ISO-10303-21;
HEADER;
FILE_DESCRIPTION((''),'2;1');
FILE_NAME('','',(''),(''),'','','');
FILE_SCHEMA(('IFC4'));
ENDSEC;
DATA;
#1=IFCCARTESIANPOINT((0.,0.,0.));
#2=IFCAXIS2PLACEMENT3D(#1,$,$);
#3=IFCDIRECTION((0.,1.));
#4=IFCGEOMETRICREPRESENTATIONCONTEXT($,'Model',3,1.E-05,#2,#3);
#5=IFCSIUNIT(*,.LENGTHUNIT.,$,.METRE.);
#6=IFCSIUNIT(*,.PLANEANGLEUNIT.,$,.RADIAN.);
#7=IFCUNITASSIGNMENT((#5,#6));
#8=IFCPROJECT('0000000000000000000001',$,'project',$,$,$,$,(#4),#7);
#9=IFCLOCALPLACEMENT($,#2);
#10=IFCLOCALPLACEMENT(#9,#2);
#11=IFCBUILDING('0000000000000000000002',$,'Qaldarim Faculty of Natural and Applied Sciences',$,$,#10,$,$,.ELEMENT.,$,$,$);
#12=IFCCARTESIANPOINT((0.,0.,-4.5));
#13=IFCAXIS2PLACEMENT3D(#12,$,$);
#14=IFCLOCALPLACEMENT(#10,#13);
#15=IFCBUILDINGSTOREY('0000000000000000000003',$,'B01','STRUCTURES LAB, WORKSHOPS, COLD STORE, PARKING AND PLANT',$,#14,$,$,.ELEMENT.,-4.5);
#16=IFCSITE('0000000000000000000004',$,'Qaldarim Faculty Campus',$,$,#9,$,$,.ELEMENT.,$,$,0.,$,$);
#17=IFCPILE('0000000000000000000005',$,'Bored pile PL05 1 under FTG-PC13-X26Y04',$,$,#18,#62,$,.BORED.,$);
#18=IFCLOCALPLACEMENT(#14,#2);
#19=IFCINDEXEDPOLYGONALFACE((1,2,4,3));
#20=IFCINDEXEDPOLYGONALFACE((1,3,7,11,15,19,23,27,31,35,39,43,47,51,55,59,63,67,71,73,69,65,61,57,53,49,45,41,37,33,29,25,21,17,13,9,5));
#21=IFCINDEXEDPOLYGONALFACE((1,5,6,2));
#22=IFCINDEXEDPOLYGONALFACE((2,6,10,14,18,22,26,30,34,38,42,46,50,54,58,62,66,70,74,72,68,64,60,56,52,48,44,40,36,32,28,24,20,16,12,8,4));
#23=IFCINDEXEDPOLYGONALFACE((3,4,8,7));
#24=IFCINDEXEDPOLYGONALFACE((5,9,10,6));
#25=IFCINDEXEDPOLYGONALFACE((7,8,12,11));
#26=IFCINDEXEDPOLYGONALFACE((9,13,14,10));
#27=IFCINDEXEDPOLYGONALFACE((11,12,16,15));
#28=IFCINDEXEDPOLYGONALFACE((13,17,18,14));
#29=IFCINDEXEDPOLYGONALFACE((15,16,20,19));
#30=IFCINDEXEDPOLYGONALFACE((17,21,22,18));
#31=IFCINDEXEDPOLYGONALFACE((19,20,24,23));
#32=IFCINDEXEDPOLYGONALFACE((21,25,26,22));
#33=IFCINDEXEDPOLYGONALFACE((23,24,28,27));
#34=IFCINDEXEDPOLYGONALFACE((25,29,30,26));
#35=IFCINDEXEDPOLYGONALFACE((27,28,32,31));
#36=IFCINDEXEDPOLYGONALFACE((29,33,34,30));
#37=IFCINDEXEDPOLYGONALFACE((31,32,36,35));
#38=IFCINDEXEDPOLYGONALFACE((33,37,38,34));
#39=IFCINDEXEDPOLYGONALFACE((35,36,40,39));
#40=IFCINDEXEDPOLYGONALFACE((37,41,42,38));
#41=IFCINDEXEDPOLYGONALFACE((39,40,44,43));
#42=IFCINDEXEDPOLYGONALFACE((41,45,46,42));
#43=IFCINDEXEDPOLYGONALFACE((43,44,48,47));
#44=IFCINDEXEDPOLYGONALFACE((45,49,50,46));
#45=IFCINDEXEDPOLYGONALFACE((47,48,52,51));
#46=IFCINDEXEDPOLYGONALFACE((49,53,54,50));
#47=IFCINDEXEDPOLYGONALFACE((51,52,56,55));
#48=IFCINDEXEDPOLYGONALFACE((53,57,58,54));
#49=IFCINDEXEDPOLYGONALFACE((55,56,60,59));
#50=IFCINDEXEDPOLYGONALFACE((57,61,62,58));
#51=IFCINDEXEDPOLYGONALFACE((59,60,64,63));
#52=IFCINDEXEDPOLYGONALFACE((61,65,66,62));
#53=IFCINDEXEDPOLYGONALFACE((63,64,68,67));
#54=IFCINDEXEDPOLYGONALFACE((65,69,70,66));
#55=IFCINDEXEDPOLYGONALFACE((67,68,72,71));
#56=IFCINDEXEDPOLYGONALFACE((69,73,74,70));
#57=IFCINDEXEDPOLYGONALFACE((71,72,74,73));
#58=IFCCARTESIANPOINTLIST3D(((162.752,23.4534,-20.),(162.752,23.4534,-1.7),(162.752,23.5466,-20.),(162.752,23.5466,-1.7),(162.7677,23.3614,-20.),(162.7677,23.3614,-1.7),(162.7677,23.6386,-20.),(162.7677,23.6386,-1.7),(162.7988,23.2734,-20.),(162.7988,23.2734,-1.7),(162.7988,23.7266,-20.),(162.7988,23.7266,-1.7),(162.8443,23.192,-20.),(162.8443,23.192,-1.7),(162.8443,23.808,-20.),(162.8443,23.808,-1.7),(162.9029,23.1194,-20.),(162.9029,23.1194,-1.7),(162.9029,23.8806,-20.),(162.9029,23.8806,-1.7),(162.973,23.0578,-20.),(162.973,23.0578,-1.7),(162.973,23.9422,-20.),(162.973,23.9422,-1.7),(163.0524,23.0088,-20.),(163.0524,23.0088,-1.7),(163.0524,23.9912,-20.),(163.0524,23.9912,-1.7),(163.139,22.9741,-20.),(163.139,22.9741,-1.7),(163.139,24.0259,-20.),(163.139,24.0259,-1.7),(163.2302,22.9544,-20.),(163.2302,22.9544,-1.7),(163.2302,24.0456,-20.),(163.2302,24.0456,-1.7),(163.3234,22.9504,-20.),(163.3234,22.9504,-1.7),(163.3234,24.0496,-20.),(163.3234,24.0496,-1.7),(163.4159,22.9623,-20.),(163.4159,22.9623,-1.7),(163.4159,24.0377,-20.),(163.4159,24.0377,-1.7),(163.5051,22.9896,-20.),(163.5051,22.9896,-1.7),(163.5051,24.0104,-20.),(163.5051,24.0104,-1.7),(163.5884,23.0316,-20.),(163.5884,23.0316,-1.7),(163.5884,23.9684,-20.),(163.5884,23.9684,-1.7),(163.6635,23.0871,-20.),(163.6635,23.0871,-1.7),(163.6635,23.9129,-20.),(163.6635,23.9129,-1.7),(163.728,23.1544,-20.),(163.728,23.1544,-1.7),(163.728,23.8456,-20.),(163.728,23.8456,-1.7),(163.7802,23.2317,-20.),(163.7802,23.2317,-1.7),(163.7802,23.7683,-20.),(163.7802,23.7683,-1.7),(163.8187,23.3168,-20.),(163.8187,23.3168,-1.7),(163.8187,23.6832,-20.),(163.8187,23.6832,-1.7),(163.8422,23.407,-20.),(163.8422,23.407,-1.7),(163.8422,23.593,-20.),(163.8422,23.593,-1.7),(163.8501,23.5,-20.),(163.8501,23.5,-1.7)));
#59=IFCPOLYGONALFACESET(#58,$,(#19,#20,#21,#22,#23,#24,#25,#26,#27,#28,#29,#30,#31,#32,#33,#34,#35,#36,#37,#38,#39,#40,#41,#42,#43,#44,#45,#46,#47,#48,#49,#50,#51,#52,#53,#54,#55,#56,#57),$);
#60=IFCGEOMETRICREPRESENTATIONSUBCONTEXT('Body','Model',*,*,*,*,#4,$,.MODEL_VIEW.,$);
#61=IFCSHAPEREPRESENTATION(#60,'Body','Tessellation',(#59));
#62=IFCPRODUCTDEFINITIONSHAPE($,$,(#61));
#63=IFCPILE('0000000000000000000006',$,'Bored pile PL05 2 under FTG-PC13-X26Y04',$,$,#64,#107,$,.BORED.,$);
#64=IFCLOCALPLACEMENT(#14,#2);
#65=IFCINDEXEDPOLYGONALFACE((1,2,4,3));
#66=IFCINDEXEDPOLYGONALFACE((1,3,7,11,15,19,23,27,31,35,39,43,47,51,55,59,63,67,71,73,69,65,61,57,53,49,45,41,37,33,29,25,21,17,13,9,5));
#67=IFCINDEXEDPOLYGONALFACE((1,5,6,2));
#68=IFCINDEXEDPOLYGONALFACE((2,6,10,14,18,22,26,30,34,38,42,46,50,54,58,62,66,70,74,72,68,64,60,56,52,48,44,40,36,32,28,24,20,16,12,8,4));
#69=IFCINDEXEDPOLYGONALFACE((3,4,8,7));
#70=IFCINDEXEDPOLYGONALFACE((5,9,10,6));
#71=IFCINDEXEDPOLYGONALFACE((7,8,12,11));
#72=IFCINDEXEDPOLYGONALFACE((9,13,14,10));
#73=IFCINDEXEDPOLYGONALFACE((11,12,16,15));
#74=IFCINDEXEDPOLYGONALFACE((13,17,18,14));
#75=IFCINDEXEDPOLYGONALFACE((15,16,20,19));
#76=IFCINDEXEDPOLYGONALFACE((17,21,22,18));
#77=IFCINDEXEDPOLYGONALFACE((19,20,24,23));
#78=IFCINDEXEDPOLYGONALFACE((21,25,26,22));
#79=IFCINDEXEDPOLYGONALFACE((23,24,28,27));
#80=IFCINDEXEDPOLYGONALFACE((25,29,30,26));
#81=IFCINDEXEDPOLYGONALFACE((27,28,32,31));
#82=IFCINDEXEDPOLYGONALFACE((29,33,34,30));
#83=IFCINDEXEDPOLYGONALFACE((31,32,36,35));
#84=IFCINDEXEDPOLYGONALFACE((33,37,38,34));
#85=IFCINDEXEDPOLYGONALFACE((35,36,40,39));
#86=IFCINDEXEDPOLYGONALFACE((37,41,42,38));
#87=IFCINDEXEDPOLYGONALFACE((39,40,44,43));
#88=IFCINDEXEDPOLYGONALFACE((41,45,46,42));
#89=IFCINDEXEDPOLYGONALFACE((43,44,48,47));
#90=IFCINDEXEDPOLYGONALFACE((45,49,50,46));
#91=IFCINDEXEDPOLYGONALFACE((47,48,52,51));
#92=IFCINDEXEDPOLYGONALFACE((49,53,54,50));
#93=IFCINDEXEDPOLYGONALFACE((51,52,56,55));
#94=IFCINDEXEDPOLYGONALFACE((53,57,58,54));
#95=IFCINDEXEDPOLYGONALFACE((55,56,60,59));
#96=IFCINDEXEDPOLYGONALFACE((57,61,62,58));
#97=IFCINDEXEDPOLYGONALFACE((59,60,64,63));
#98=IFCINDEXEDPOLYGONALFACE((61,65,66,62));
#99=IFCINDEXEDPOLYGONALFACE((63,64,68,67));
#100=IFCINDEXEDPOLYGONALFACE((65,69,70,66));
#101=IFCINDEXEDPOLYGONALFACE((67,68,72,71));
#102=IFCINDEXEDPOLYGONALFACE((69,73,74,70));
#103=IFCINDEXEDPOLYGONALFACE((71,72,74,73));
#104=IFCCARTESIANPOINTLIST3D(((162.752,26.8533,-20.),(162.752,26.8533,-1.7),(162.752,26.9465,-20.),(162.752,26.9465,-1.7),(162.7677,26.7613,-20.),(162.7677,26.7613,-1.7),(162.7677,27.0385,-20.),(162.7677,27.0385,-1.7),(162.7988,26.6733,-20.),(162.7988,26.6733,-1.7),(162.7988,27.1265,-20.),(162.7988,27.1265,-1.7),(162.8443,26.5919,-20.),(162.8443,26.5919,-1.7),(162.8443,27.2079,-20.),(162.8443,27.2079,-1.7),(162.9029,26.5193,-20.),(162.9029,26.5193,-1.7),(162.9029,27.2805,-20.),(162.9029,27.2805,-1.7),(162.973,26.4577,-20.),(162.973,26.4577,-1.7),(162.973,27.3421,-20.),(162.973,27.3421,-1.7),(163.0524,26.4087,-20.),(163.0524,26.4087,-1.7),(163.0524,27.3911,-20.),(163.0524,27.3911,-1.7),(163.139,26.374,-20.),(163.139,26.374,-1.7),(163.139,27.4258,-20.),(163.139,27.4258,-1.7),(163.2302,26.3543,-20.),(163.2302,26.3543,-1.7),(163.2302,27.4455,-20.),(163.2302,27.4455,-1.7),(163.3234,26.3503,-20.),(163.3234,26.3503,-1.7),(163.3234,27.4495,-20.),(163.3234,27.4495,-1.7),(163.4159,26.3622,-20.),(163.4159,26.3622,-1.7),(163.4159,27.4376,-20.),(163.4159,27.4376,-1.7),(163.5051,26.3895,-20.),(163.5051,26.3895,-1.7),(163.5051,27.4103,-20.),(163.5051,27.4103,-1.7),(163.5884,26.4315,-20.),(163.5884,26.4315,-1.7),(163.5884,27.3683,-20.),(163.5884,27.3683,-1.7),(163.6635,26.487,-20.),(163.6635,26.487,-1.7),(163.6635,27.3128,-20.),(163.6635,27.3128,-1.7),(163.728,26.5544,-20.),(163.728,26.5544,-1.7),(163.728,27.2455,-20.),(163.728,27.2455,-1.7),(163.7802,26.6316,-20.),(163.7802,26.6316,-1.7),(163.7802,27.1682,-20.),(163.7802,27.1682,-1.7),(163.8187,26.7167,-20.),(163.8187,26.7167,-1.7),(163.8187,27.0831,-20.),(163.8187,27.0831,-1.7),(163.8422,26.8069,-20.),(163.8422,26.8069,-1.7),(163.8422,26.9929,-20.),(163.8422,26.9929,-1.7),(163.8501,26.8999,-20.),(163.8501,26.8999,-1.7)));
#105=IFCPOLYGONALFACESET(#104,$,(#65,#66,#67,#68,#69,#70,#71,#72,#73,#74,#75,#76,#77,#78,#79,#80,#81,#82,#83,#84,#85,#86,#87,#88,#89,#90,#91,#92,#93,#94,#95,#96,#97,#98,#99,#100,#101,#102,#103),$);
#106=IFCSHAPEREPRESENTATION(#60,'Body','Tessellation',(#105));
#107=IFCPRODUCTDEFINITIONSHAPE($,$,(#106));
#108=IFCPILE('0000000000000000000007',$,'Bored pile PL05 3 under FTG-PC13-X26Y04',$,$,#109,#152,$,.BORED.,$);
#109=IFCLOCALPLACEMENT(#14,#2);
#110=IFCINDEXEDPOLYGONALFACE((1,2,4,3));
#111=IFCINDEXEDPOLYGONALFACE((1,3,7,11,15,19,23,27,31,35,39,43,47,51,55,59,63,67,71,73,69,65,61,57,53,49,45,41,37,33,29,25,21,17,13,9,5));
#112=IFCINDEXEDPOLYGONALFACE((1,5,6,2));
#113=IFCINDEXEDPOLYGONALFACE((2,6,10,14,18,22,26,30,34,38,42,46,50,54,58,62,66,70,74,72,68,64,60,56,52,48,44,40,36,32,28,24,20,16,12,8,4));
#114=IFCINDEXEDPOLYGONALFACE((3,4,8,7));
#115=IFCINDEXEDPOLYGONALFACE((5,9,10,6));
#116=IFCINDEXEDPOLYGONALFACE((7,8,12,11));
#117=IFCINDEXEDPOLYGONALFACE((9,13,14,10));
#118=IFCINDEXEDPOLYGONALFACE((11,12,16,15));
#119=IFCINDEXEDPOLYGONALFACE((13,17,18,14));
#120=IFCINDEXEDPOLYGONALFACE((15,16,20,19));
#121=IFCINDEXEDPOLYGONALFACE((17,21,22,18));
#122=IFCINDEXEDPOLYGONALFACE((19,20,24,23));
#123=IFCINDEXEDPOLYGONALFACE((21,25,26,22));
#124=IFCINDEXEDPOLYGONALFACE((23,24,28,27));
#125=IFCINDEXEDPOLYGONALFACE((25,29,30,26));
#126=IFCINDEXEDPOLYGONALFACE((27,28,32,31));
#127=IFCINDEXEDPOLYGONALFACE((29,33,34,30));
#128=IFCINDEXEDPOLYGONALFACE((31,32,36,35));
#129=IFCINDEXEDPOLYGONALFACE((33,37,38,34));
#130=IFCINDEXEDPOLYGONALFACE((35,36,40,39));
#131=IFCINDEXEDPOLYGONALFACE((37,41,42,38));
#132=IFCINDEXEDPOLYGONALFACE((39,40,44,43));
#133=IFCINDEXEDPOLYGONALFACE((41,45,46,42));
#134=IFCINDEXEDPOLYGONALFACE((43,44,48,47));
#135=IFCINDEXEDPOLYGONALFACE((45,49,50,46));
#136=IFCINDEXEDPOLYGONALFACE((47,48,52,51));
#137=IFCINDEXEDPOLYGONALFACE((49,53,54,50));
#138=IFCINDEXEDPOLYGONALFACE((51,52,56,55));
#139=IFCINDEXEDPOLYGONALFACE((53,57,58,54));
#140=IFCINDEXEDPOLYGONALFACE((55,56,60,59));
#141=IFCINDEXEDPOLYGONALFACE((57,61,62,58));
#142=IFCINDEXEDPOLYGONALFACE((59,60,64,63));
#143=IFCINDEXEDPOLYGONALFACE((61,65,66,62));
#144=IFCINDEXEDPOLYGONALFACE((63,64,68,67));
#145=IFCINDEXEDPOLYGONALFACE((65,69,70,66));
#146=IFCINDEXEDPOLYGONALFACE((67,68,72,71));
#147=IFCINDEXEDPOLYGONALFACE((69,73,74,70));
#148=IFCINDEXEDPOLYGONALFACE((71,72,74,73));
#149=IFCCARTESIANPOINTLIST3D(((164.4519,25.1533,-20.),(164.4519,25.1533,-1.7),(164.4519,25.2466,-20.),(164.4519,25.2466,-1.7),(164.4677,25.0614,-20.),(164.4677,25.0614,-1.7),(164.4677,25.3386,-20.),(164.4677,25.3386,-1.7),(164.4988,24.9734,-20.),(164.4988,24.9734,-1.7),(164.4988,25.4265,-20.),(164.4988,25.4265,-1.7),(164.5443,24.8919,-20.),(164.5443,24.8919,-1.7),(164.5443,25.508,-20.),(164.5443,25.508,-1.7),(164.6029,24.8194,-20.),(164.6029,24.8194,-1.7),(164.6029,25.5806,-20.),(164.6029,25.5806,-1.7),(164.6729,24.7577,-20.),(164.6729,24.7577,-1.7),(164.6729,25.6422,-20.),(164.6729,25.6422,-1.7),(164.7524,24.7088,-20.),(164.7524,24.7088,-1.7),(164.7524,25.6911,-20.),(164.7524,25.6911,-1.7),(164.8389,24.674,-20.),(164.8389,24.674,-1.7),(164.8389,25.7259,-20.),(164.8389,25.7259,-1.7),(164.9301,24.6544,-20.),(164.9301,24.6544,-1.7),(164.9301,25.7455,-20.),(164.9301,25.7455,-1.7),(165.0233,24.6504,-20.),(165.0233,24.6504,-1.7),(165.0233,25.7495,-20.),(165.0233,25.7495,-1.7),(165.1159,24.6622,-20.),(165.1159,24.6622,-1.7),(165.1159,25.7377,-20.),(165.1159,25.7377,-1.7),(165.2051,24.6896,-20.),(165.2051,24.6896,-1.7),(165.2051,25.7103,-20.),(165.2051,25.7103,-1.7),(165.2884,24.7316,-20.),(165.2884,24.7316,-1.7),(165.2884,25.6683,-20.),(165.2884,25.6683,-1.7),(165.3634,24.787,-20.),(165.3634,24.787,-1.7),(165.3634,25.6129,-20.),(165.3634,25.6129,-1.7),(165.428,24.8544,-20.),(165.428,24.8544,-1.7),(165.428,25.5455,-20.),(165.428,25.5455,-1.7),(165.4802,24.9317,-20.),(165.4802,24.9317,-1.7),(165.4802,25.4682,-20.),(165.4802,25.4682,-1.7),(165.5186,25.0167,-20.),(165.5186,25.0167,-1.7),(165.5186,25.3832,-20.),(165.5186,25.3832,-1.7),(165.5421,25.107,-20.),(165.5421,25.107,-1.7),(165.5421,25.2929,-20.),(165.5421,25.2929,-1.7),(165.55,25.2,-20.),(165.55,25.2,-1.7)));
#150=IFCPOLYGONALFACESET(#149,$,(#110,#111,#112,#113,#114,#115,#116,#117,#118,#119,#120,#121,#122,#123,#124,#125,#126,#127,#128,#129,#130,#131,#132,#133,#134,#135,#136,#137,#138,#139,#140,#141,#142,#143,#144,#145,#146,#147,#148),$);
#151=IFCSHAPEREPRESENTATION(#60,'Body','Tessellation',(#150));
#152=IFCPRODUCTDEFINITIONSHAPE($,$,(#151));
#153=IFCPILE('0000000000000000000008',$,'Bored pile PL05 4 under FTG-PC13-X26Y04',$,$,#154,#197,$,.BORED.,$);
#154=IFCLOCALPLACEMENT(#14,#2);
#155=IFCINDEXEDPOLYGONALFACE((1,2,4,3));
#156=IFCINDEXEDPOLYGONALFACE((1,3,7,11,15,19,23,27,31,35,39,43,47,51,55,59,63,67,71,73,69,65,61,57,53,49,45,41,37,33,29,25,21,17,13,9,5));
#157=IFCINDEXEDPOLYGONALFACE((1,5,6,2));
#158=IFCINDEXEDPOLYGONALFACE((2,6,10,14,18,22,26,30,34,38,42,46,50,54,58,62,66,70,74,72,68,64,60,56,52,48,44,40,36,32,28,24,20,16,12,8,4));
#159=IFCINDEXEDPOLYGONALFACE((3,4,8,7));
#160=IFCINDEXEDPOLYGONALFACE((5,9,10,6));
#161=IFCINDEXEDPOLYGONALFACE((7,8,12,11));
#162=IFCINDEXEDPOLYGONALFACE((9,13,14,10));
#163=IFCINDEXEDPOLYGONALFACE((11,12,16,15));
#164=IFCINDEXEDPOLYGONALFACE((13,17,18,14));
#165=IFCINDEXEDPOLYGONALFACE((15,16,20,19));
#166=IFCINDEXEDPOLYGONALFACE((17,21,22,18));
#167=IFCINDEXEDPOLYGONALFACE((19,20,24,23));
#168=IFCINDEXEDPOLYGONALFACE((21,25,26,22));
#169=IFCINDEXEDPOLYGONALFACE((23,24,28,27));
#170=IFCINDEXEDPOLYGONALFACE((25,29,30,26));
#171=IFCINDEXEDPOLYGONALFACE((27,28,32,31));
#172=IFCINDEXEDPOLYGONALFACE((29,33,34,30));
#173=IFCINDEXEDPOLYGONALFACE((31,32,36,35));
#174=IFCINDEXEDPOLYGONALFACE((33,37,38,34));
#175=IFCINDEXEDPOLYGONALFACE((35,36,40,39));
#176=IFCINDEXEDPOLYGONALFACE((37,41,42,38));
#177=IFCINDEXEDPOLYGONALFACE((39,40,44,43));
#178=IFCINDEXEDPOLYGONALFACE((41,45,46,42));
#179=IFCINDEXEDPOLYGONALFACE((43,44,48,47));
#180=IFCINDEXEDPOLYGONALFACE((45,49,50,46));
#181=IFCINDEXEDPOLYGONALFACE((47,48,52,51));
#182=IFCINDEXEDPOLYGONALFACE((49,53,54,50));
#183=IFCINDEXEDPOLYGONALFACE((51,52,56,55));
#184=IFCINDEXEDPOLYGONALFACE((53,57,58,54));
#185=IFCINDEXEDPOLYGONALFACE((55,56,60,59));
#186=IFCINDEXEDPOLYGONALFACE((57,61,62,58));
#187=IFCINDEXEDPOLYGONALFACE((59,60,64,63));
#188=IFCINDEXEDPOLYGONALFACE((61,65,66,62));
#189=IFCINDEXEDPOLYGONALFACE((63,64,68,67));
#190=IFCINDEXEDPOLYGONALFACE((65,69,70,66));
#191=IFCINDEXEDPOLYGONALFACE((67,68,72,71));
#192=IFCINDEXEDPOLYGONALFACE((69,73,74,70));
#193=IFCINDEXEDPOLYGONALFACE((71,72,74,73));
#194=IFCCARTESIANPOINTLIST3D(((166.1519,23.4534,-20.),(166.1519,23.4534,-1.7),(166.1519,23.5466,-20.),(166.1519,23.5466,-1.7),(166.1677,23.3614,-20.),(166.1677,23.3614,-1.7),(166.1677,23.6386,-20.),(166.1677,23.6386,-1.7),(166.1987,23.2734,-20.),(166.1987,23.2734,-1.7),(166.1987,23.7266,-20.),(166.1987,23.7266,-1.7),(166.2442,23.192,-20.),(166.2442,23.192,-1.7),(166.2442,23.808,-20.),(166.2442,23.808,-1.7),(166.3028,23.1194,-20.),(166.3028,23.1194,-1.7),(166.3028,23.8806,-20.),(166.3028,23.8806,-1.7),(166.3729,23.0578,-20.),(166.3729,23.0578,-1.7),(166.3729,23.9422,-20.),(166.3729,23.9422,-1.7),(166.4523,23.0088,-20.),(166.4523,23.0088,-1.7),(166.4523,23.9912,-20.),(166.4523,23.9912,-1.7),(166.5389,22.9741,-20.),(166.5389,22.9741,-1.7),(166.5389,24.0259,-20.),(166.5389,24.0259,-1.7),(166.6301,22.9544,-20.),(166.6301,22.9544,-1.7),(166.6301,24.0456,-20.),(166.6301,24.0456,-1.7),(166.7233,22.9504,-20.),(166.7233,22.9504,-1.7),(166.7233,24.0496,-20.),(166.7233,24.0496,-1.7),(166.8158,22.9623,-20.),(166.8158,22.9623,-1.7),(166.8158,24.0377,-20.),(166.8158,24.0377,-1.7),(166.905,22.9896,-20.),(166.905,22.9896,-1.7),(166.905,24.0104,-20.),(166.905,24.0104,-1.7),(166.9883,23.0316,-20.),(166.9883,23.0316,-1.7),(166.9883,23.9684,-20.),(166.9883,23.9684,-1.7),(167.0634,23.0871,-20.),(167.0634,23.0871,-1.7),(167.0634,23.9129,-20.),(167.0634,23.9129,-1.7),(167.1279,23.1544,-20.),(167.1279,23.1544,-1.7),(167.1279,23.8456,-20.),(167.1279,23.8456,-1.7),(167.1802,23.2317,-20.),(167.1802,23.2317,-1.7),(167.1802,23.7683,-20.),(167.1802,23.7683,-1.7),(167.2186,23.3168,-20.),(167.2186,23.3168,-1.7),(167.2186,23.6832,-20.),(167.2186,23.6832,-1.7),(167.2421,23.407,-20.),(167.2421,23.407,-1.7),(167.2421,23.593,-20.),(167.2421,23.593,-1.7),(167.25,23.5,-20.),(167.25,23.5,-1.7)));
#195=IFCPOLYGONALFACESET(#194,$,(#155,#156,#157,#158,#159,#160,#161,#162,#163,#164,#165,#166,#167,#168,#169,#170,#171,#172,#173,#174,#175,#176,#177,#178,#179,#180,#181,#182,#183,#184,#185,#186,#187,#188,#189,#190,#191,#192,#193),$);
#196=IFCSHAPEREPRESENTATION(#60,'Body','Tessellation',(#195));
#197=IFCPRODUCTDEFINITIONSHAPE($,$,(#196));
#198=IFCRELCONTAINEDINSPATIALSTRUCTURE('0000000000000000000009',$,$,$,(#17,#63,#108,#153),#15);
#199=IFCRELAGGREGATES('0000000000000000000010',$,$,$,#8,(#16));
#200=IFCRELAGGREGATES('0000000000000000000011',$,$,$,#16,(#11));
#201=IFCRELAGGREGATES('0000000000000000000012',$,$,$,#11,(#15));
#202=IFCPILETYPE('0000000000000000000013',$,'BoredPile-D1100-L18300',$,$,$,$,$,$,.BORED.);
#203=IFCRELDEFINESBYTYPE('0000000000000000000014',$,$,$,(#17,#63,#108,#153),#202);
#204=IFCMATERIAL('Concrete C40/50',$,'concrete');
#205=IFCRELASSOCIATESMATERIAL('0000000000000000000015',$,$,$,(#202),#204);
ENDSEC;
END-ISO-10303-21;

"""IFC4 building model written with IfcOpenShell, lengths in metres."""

from ifc_helpers import new_model, si_unit, direction, frame, origin, origin_2d, place, context, subcontext, project, spatial, circle, extrude, material, material_profile, profile_set, type_object, element, save


model = new_model("IFC4")

# Units and contexts
model_context = context("Model", 3, precision=1e-05, world=origin(), true_north=direction((0.0, 1.0)))
body_context = subcontext(model_context, "Body", "Model", "MODEL_VIEW")
ifc_project = project(units=[si_unit("LENGTHUNIT", "METRE"), si_unit("PLANEANGLEUNIT", "RADIAN")], contexts=[model_context])

# Site, building, storey
site_placement = place(None, origin())
site = spatial("IfcSite", under=ifc_project, at=site_placement, Name="Qaldarim Faculty Campus", CompositionType="ELEMENT", RefElevation=0.0)
building_placement = place(site_placement, origin())
building = spatial("IfcBuilding", under=site, at=building_placement, Name="Qaldarim Faculty of Natural and Applied Sciences", CompositionType="ELEMENT")
storey_placement = place(building_placement, frame((0.0, 0.0, -4.5)))
storey = spatial("IfcBuildingStorey", under=building, at=storey_placement, Name="B01", Description="STRUCTURES LAB, WORKSHOPS, COLD STORE, PARKING AND PLANT", CompositionType="ELEMENT", Elevation=-4.5)

# Piles
ifc_material_1 = material(Name="Concrete C40/50", Category="concrete")
ifc_material_profile_1 = material_profile(ifc_material_1, circle(Radius=0.55, at=origin_2d()), Name="PILE-D1100")
ifc_profile_set_1 = profile_set([ifc_material_profile_1], Name="Concrete C40/50")
pile_type_1 = type_object("IfcPileType", Name="BoredPile-D1100-L18300", PredefinedType="BORED", material=ifc_profile_set_1)
for number, where, z_axis, x_axis, name in (
    (1, (163.3, 23.5, -1.7), (0.0, 0.0, -1.0), (1.0, 0.0, 0.0), "Bored pile PL05 1 under FTG-PC13-X26Y04"),
    (2, (163.3, 26.8999, -1.7), (0.0, 0.0, -1.0), (1.0, 0.0, 0.0), "Bored pile PL05 2 under FTG-PC13-X26Y04"),
    (3, (165.0, 25.2, -1.7), (0.0, 0.0, -1.0), (1.0, 0.0, 0.0), "Bored pile PL05 3 under FTG-PC13-X26Y04"),
    (4, (166.7, 23.5, -1.7), (0.0, 0.0, -1.0), (1.0, 0.0, 0.0), "Bored pile PL05 4 under FTG-PC13-X26Y04"),
):
    element("IfcPile", number, at=place(storey_placement, frame(where, z_axis=z_axis, x_axis=x_axis)), inside=storey, type_object=pile_type_1, Name=name, PredefinedType="BORED", context=body_context, shape_type="SweptSolid", body=[
        extrude(circle(Radius=0.55, at=origin_2d()), origin(), (0.0, 0.0, 1.0), 18.3),
    ])

save(model, "model.ifc")
